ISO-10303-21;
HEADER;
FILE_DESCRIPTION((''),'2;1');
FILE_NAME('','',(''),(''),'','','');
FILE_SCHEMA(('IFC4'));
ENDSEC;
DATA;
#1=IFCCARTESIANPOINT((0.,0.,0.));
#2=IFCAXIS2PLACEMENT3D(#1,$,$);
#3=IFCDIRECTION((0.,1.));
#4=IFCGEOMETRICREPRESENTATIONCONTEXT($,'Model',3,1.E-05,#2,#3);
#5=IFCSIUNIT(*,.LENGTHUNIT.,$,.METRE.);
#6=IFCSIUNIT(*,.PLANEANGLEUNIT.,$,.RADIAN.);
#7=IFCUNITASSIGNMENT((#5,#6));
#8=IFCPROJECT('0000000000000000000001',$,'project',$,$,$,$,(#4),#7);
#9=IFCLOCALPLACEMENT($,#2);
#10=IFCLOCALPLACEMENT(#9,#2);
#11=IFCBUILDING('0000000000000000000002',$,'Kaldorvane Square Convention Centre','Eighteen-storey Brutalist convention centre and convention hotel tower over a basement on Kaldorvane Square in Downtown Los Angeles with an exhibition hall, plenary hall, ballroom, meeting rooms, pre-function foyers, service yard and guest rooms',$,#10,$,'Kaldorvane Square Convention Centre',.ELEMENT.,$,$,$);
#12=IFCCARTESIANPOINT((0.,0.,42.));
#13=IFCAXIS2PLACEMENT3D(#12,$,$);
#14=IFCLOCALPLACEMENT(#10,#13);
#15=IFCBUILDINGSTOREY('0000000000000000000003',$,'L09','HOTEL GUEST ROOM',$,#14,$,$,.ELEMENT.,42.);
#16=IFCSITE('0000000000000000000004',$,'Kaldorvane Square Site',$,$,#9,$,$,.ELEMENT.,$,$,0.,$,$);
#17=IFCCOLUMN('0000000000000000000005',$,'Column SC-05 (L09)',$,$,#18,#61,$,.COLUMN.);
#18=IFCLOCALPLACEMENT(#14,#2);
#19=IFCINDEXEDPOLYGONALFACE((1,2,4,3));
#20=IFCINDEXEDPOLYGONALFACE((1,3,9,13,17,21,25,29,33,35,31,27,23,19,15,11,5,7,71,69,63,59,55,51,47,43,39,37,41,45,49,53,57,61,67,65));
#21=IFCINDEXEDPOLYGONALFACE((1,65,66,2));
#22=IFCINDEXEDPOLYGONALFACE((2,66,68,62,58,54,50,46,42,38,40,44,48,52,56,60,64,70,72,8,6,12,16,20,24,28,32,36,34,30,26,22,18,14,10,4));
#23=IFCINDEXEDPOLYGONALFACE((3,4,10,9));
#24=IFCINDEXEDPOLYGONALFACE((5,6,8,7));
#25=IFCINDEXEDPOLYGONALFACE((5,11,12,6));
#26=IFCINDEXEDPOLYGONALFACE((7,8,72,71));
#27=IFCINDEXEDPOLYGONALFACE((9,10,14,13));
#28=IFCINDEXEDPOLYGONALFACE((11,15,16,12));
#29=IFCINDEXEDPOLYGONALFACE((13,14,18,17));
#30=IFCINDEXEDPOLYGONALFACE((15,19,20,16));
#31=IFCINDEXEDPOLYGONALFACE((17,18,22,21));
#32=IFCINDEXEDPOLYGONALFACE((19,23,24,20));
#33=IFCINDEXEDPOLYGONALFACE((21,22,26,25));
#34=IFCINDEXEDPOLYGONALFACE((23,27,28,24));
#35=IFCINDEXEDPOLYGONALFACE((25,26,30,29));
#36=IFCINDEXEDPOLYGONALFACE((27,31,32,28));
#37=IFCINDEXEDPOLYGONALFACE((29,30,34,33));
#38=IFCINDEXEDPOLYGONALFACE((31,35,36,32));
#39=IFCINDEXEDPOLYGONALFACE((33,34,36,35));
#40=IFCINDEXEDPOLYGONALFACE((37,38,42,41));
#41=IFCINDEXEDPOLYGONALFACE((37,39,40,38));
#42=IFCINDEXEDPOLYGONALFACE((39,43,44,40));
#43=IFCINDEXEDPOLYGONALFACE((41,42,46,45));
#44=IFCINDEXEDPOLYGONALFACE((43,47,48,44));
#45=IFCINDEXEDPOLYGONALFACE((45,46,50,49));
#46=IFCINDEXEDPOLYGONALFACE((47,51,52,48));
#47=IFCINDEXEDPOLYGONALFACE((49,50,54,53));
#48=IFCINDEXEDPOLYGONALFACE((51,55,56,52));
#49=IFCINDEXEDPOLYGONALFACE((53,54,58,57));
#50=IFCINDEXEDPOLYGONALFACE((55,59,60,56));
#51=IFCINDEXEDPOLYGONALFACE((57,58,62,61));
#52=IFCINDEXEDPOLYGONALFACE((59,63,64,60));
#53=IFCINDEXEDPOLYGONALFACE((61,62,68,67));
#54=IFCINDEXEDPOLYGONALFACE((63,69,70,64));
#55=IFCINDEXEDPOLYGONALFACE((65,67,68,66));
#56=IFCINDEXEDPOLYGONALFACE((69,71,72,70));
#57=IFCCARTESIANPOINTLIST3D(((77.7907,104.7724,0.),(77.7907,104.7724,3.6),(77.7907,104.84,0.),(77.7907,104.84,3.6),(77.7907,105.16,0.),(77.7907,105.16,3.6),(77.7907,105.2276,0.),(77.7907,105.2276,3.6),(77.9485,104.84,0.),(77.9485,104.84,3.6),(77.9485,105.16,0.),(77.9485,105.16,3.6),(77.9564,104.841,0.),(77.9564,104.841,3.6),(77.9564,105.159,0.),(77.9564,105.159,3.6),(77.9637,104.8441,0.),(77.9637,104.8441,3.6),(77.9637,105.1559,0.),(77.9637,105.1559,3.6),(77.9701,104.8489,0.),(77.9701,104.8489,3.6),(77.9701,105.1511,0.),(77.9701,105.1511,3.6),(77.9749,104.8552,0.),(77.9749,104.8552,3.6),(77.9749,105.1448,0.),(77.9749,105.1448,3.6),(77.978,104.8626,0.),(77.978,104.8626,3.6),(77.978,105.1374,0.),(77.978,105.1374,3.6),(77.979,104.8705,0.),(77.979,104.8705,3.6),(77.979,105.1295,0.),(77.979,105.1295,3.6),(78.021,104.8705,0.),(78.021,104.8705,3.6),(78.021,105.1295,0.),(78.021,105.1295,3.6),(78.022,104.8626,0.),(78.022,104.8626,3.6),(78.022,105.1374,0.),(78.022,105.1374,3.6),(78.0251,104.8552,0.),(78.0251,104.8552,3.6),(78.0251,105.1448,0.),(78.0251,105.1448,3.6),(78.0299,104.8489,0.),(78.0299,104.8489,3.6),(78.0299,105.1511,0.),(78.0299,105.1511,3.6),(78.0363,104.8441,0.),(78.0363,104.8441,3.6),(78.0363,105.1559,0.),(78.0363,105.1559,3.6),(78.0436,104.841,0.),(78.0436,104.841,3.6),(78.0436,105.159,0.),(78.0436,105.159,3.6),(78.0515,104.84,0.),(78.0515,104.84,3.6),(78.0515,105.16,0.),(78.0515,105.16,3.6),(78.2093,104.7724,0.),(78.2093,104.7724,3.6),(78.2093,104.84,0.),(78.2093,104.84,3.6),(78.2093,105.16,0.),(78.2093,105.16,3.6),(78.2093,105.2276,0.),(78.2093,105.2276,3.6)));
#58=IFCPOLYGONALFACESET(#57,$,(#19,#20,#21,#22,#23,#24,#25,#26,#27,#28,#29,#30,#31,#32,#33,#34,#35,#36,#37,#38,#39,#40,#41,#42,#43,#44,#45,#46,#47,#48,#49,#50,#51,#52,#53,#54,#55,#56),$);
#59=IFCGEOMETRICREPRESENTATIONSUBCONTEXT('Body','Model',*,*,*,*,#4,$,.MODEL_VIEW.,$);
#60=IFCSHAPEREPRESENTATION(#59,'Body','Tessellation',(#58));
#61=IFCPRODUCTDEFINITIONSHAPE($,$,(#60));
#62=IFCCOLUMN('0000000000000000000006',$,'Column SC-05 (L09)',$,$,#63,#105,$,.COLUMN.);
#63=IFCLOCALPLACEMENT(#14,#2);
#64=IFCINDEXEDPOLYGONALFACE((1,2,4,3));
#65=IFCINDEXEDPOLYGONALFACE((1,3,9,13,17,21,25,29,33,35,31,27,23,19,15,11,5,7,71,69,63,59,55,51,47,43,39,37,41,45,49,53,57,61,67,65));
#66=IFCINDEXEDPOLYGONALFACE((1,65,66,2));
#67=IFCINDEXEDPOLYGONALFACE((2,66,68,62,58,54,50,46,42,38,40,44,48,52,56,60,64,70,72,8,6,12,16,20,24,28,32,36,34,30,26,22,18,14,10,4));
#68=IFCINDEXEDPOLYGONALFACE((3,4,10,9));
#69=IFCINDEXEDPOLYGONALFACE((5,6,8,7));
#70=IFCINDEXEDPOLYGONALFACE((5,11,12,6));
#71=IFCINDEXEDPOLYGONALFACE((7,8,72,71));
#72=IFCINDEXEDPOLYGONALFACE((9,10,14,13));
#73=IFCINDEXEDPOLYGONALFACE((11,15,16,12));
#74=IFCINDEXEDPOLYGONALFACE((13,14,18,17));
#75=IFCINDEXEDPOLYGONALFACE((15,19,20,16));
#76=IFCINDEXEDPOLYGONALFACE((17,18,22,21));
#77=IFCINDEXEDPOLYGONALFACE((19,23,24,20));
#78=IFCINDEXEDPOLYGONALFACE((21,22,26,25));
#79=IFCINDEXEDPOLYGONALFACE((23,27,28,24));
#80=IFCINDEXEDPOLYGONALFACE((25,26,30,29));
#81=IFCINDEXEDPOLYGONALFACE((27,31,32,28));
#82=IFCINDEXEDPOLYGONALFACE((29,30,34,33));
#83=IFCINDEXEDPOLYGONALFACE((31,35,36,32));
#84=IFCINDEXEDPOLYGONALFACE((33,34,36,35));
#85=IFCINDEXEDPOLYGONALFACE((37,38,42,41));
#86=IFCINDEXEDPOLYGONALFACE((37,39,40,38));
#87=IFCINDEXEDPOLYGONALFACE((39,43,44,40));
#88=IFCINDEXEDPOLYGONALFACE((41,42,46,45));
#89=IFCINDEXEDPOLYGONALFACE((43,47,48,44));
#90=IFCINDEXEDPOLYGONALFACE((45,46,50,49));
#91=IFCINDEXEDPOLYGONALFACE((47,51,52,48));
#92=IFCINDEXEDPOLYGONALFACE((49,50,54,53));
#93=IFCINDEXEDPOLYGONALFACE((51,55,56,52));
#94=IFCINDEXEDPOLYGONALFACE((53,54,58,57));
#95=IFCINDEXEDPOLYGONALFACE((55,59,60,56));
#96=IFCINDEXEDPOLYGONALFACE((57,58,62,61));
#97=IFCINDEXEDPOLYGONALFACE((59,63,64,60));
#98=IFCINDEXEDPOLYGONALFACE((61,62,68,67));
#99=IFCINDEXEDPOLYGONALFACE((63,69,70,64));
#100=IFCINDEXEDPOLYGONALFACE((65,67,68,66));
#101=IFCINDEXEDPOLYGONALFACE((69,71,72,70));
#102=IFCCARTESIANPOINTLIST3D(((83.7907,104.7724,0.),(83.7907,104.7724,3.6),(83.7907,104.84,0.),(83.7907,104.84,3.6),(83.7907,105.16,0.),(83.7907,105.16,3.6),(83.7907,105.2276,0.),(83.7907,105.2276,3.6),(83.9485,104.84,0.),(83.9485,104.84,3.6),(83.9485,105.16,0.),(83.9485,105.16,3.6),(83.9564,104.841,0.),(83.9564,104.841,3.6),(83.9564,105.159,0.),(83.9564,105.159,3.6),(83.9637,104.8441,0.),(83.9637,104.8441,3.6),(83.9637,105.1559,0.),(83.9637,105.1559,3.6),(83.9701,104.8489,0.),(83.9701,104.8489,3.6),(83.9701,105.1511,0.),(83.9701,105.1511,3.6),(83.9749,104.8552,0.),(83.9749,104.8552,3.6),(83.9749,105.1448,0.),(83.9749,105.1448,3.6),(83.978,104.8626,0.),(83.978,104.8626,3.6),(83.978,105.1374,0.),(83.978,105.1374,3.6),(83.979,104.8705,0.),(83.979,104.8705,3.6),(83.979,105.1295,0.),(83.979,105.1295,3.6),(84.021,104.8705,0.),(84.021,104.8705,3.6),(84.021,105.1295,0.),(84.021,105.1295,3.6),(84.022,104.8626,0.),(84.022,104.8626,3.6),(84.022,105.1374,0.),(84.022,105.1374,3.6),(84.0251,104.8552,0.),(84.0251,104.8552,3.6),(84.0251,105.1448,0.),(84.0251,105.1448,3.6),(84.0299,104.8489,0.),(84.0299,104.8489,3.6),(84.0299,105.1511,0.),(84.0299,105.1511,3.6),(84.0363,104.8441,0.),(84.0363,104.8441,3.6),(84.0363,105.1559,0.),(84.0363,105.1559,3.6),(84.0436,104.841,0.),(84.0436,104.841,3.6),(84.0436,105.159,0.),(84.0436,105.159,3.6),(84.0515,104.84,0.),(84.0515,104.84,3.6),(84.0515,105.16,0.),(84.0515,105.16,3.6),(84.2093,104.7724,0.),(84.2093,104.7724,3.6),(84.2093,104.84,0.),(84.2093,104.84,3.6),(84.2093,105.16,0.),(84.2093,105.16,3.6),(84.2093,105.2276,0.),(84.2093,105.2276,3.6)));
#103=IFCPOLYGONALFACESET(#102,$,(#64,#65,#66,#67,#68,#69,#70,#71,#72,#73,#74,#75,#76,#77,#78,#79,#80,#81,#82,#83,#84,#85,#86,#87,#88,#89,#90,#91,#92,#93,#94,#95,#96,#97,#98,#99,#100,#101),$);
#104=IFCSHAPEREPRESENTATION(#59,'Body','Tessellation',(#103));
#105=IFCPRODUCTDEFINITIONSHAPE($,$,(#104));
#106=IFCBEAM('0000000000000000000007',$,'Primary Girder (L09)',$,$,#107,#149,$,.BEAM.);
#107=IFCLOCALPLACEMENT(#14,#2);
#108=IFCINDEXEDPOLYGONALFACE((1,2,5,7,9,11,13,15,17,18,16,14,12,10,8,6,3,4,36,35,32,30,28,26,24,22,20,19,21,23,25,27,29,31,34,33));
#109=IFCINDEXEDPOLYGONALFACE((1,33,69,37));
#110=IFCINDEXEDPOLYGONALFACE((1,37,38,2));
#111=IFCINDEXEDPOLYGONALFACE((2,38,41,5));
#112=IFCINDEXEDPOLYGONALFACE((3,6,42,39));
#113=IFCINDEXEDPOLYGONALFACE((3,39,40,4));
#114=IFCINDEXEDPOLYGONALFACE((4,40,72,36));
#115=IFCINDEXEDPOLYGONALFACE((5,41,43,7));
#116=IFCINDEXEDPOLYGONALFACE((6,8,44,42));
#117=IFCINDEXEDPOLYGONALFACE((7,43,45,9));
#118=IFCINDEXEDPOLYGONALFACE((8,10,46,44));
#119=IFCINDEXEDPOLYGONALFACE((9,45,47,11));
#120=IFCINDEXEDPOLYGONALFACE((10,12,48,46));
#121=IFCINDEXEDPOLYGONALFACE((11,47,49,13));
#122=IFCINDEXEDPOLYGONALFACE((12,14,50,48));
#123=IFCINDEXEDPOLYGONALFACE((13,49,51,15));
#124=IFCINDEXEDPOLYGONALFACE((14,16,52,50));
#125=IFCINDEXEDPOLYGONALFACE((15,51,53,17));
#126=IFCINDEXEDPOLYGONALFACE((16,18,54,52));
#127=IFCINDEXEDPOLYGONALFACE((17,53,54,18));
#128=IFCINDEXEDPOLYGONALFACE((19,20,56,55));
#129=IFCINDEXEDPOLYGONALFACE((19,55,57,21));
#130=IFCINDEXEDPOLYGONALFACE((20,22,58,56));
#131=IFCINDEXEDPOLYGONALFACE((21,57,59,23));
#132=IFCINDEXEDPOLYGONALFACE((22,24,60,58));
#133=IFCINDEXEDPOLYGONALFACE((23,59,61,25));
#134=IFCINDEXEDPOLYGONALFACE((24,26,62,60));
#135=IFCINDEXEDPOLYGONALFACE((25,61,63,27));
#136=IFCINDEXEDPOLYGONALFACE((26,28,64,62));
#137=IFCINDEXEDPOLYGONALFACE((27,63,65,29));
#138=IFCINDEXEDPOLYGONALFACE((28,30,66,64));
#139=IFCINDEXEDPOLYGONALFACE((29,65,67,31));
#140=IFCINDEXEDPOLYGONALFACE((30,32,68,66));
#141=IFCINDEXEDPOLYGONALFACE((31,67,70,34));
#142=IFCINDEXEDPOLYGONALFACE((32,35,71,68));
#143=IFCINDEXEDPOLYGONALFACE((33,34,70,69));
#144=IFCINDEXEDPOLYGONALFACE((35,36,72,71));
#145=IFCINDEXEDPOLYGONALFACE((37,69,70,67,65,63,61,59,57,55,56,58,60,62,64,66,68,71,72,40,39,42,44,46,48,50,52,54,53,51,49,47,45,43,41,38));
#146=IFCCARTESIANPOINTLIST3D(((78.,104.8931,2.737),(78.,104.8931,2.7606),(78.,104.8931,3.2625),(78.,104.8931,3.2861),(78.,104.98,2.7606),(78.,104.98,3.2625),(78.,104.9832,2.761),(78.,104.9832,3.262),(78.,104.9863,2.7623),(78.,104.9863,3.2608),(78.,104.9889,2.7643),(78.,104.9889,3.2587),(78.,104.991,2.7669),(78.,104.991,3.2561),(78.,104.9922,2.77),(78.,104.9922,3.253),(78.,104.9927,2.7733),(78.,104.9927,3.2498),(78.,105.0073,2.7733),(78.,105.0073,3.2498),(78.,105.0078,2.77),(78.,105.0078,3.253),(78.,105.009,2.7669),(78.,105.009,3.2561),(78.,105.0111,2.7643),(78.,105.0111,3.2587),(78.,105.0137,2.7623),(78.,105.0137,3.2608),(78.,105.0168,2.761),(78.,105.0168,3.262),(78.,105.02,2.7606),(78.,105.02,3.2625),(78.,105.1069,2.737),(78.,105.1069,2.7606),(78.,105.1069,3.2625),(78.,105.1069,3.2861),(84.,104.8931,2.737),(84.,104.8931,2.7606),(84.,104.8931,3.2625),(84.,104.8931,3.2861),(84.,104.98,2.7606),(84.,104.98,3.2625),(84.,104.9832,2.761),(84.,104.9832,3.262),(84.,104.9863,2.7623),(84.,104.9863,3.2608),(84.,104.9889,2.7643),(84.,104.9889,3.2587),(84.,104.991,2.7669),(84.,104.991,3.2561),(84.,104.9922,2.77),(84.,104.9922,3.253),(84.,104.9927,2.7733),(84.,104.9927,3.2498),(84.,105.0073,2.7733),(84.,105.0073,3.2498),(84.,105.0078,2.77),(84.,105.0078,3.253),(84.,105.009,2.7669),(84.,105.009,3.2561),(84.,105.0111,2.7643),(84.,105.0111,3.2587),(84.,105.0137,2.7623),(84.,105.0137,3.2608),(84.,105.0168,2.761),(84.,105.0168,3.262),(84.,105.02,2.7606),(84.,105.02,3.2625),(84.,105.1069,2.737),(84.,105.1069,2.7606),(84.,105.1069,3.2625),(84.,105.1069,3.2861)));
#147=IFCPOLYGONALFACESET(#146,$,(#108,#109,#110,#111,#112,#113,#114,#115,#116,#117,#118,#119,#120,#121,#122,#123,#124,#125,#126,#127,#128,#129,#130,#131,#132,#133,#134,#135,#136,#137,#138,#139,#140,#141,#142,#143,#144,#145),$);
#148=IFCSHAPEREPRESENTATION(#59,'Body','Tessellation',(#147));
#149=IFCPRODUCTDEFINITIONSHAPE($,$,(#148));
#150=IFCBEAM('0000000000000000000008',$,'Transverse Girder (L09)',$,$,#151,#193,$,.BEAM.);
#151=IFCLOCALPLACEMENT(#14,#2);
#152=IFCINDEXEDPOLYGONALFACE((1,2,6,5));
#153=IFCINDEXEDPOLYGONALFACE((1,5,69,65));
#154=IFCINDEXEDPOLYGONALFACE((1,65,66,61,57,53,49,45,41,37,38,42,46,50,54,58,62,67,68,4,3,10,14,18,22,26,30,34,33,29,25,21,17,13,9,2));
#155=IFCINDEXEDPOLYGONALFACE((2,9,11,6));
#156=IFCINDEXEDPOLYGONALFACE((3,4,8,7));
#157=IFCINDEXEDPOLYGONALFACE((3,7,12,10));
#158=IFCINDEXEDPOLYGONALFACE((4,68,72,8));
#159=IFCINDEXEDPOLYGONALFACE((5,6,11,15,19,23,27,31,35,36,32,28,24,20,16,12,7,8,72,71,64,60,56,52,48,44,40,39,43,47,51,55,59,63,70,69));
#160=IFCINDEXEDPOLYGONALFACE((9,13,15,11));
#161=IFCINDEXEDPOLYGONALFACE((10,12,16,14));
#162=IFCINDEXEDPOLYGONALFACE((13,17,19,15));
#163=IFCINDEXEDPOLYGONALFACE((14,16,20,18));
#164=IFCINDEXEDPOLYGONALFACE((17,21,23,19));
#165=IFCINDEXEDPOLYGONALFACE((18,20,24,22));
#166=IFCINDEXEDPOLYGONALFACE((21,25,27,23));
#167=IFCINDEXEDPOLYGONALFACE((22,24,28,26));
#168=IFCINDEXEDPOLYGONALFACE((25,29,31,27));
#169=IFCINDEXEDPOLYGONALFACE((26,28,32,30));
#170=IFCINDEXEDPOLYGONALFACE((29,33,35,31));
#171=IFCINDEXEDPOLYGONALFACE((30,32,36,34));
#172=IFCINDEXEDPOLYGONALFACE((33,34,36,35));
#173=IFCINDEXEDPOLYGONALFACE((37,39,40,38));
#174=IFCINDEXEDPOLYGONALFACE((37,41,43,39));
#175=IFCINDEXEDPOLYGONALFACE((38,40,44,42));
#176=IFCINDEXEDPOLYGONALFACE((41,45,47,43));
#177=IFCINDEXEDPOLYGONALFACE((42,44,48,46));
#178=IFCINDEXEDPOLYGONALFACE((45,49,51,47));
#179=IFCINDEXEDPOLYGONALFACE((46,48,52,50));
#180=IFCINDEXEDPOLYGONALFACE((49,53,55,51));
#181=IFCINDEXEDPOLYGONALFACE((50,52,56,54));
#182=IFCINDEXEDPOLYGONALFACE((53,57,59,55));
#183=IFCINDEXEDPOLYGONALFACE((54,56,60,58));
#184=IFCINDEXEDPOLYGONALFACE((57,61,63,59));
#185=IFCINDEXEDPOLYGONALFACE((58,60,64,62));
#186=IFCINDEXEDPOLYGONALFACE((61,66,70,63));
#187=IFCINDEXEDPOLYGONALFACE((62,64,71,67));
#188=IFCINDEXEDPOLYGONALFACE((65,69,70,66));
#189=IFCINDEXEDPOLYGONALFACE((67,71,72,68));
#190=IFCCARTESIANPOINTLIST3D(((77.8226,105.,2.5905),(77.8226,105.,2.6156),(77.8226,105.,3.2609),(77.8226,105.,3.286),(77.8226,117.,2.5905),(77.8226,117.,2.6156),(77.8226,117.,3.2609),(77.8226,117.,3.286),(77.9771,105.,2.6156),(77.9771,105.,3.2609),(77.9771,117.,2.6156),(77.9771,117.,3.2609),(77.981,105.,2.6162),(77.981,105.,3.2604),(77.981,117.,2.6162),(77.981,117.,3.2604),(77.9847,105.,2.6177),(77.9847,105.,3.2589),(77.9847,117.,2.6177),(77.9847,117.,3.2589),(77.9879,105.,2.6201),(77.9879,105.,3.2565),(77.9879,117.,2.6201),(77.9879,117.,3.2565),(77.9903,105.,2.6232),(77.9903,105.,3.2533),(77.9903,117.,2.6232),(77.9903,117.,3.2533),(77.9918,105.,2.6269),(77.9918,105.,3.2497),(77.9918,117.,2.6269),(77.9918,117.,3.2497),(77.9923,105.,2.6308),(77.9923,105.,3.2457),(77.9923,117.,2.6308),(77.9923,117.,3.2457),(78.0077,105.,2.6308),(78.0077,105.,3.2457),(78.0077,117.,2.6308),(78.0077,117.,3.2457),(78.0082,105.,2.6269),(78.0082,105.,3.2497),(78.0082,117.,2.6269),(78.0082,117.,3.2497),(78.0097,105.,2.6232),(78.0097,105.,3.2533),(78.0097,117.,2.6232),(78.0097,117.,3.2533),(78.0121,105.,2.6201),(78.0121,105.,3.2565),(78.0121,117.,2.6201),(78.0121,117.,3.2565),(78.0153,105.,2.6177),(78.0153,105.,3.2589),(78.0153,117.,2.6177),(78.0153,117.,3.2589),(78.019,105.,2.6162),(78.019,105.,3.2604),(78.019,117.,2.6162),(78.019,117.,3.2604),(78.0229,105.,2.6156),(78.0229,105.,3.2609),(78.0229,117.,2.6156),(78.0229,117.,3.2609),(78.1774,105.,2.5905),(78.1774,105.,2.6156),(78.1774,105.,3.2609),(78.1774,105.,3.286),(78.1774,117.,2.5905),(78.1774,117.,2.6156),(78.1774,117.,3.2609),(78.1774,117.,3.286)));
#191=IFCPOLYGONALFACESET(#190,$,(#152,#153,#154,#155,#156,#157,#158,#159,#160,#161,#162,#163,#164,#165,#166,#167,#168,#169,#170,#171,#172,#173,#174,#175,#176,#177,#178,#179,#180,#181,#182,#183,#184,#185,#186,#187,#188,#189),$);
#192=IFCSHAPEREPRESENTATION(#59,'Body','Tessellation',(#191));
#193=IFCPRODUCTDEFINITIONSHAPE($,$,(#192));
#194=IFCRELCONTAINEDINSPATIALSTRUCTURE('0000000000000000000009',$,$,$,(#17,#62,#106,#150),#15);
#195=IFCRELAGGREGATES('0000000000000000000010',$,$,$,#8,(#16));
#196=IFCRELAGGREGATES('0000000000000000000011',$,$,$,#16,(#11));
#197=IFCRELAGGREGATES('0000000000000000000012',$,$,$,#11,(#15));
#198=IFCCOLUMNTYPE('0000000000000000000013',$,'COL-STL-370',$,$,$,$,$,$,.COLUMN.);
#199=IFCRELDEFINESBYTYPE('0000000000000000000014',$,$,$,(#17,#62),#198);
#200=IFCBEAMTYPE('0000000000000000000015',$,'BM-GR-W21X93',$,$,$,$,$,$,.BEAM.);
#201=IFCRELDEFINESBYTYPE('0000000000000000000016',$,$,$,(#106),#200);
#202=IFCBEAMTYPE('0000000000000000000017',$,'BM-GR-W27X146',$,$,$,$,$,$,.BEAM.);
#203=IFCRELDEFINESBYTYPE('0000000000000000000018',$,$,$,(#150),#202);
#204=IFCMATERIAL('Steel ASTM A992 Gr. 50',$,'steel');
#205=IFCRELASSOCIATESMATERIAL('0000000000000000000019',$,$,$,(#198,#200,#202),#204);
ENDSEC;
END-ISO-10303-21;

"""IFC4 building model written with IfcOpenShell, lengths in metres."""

from ifc_helpers import new_model, si_unit, direction, frame, origin, origin_2d, place, context, subcontext, project, spatial, i_section, extrude, material, material_profile, profile_set, type_object, element, save


model = new_model("IFC4")

# Units and contexts
model_context = context("Model", 3, precision=1e-05, world=origin(), true_north=direction((0.0, 1.0)))
body_context = subcontext(model_context, "Body", "Model", "MODEL_VIEW")
ifc_project = project(units=[si_unit("LENGTHUNIT", "METRE"), si_unit("PLANEANGLEUNIT", "RADIAN")], contexts=[model_context])

# Site, building, storey
site_placement = place(None, origin())
site = spatial("IfcSite", under=ifc_project, at=site_placement, Name="Kaldorvane Square Site", CompositionType="ELEMENT", RefElevation=0.0)
building_placement = place(site_placement, origin())
building = spatial("IfcBuilding", under=site, at=building_placement, Name="Kaldorvane Square Convention Centre", Description="Eighteen-storey Brutalist convention centre and convention hotel tower over a basement on Kaldorvane Square in Downtown Los Angeles with an exhibition hall, plenary hall, ballroom, meeting rooms, pre-function foyers, service yard and guest rooms", LongName="Kaldorvane Square Convention Centre", CompositionType="ELEMENT")
storey_placement = place(building_placement, frame((0.0, 0.0, 42.0)))
storey = spatial("IfcBuildingStorey", under=building, at=storey_placement, Name="L09", Description="HOTEL GUEST ROOM", CompositionType="ELEMENT", Elevation=42.0)

# Columns
ifc_material_1 = material(Name="Steel ASTM A992 Gr. 50", Category="steel")
ifc_material_profile_1 = material_profile(ifc_material_1, i_section(OverallWidth=0.4185, OverallDepth=0.4552, WebThickness=0.042, FlangeThickness=0.0676, FilletRadius=0.0305, at=origin_2d()), Name="W14X370")
ifc_profile_set_1 = profile_set([ifc_material_profile_1], Name="Steel ASTM A992 Gr. 50")
column_type = type_object("IfcColumnType", Name="COL-STL-370", PredefinedType="COLUMN", material=ifc_profile_set_1)
for number, where, z_axis, x_axis, name in (
    (1, (78.0, 105.0, 0.0), (0.0, 0.0, 1.0), (1.0, 0.0, 0.0), "Column SC-05 (L09)"),
    (2, (84.0, 105.0, 0.0), (0.0, 0.0, 1.0), (1.0, 0.0, 0.0), "Column SC-05 (L09)"),
):
    element("IfcColumn", number, at=place(storey_placement, frame(where, z_axis=z_axis, x_axis=x_axis)), inside=storey, type_object=column_type, Name=name, PredefinedType="COLUMN", context=body_context, shape_type="SweptSolid", body=[
        extrude(i_section(OverallWidth=0.4185, OverallDepth=0.4552, WebThickness=0.042, FlangeThickness=0.0676, FilletRadius=0.0305, at=origin_2d()), origin(), (0.0, 0.0, 1.0), 3.6),
    ])

# Beams
ifc_material_profile_2 = material_profile(ifc_material_1, i_section(OverallWidth=0.2139, OverallDepth=0.5491, WebThickness=0.0147, FlangeThickness=0.0236, FilletRadius=0.0127, at=origin_2d()), Name="W21X93")
ifc_profile_set_2 = profile_set([ifc_material_profile_2], Name="Steel ASTM A992 Gr. 50")
beam_type_1 = type_object("IfcBeamType", Name="BM-GR-W21X93", PredefinedType="BEAM", material=ifc_profile_set_2)
beam_1_placement = place(storey_placement, frame((78.0, 105.0, 3.0115), z_axis=(1.0, 0.0, 0.0), x_axis=(0.0, 1.0, 0.0)))
element("IfcBeam", 3, at=beam_1_placement, inside=storey, type_object=beam_type_1, Name="Primary Girder (L09)", PredefinedType="BEAM", context=body_context, shape_type="SweptSolid", body=[
    extrude(i_section(OverallWidth=0.2139, OverallDepth=0.5491, WebThickness=0.0147, FlangeThickness=0.0236, FilletRadius=0.0127, at=origin_2d()), origin(), (0.0, 0.0, 1.0), 6.0),
])
ifc_material_profile_3 = material_profile(ifc_material_1, i_section(OverallWidth=0.3547, OverallDepth=0.6955, WebThickness=0.0154, FlangeThickness=0.0251, FilletRadius=0.0152, at=origin_2d()), Name="W27X146")
ifc_profile_set_3 = profile_set([ifc_material_profile_3], Name="Steel ASTM A992 Gr. 50")
beam_type_2 = type_object("IfcBeamType", Name="BM-GR-W27X146", PredefinedType="BEAM", material=ifc_profile_set_3)
beam_2_placement = place(storey_placement, frame((78.0, 105.0, 2.9383), z_axis=(0.0, 1.0, 0.0), x_axis=(-1.0, 0.0, 0.0)))
element("IfcBeam", 4, at=beam_2_placement, inside=storey, type_object=beam_type_2, Name="Transverse Girder (L09)", PredefinedType="BEAM", context=body_context, shape_type="SweptSolid", body=[
    extrude(i_section(OverallWidth=0.3547, OverallDepth=0.6955, WebThickness=0.0154, FlangeThickness=0.0251, FilletRadius=0.0152, at=origin_2d()), origin(), (0.0, 0.0, 1.0), 12.0),
])

save(model, "model.ifc")
